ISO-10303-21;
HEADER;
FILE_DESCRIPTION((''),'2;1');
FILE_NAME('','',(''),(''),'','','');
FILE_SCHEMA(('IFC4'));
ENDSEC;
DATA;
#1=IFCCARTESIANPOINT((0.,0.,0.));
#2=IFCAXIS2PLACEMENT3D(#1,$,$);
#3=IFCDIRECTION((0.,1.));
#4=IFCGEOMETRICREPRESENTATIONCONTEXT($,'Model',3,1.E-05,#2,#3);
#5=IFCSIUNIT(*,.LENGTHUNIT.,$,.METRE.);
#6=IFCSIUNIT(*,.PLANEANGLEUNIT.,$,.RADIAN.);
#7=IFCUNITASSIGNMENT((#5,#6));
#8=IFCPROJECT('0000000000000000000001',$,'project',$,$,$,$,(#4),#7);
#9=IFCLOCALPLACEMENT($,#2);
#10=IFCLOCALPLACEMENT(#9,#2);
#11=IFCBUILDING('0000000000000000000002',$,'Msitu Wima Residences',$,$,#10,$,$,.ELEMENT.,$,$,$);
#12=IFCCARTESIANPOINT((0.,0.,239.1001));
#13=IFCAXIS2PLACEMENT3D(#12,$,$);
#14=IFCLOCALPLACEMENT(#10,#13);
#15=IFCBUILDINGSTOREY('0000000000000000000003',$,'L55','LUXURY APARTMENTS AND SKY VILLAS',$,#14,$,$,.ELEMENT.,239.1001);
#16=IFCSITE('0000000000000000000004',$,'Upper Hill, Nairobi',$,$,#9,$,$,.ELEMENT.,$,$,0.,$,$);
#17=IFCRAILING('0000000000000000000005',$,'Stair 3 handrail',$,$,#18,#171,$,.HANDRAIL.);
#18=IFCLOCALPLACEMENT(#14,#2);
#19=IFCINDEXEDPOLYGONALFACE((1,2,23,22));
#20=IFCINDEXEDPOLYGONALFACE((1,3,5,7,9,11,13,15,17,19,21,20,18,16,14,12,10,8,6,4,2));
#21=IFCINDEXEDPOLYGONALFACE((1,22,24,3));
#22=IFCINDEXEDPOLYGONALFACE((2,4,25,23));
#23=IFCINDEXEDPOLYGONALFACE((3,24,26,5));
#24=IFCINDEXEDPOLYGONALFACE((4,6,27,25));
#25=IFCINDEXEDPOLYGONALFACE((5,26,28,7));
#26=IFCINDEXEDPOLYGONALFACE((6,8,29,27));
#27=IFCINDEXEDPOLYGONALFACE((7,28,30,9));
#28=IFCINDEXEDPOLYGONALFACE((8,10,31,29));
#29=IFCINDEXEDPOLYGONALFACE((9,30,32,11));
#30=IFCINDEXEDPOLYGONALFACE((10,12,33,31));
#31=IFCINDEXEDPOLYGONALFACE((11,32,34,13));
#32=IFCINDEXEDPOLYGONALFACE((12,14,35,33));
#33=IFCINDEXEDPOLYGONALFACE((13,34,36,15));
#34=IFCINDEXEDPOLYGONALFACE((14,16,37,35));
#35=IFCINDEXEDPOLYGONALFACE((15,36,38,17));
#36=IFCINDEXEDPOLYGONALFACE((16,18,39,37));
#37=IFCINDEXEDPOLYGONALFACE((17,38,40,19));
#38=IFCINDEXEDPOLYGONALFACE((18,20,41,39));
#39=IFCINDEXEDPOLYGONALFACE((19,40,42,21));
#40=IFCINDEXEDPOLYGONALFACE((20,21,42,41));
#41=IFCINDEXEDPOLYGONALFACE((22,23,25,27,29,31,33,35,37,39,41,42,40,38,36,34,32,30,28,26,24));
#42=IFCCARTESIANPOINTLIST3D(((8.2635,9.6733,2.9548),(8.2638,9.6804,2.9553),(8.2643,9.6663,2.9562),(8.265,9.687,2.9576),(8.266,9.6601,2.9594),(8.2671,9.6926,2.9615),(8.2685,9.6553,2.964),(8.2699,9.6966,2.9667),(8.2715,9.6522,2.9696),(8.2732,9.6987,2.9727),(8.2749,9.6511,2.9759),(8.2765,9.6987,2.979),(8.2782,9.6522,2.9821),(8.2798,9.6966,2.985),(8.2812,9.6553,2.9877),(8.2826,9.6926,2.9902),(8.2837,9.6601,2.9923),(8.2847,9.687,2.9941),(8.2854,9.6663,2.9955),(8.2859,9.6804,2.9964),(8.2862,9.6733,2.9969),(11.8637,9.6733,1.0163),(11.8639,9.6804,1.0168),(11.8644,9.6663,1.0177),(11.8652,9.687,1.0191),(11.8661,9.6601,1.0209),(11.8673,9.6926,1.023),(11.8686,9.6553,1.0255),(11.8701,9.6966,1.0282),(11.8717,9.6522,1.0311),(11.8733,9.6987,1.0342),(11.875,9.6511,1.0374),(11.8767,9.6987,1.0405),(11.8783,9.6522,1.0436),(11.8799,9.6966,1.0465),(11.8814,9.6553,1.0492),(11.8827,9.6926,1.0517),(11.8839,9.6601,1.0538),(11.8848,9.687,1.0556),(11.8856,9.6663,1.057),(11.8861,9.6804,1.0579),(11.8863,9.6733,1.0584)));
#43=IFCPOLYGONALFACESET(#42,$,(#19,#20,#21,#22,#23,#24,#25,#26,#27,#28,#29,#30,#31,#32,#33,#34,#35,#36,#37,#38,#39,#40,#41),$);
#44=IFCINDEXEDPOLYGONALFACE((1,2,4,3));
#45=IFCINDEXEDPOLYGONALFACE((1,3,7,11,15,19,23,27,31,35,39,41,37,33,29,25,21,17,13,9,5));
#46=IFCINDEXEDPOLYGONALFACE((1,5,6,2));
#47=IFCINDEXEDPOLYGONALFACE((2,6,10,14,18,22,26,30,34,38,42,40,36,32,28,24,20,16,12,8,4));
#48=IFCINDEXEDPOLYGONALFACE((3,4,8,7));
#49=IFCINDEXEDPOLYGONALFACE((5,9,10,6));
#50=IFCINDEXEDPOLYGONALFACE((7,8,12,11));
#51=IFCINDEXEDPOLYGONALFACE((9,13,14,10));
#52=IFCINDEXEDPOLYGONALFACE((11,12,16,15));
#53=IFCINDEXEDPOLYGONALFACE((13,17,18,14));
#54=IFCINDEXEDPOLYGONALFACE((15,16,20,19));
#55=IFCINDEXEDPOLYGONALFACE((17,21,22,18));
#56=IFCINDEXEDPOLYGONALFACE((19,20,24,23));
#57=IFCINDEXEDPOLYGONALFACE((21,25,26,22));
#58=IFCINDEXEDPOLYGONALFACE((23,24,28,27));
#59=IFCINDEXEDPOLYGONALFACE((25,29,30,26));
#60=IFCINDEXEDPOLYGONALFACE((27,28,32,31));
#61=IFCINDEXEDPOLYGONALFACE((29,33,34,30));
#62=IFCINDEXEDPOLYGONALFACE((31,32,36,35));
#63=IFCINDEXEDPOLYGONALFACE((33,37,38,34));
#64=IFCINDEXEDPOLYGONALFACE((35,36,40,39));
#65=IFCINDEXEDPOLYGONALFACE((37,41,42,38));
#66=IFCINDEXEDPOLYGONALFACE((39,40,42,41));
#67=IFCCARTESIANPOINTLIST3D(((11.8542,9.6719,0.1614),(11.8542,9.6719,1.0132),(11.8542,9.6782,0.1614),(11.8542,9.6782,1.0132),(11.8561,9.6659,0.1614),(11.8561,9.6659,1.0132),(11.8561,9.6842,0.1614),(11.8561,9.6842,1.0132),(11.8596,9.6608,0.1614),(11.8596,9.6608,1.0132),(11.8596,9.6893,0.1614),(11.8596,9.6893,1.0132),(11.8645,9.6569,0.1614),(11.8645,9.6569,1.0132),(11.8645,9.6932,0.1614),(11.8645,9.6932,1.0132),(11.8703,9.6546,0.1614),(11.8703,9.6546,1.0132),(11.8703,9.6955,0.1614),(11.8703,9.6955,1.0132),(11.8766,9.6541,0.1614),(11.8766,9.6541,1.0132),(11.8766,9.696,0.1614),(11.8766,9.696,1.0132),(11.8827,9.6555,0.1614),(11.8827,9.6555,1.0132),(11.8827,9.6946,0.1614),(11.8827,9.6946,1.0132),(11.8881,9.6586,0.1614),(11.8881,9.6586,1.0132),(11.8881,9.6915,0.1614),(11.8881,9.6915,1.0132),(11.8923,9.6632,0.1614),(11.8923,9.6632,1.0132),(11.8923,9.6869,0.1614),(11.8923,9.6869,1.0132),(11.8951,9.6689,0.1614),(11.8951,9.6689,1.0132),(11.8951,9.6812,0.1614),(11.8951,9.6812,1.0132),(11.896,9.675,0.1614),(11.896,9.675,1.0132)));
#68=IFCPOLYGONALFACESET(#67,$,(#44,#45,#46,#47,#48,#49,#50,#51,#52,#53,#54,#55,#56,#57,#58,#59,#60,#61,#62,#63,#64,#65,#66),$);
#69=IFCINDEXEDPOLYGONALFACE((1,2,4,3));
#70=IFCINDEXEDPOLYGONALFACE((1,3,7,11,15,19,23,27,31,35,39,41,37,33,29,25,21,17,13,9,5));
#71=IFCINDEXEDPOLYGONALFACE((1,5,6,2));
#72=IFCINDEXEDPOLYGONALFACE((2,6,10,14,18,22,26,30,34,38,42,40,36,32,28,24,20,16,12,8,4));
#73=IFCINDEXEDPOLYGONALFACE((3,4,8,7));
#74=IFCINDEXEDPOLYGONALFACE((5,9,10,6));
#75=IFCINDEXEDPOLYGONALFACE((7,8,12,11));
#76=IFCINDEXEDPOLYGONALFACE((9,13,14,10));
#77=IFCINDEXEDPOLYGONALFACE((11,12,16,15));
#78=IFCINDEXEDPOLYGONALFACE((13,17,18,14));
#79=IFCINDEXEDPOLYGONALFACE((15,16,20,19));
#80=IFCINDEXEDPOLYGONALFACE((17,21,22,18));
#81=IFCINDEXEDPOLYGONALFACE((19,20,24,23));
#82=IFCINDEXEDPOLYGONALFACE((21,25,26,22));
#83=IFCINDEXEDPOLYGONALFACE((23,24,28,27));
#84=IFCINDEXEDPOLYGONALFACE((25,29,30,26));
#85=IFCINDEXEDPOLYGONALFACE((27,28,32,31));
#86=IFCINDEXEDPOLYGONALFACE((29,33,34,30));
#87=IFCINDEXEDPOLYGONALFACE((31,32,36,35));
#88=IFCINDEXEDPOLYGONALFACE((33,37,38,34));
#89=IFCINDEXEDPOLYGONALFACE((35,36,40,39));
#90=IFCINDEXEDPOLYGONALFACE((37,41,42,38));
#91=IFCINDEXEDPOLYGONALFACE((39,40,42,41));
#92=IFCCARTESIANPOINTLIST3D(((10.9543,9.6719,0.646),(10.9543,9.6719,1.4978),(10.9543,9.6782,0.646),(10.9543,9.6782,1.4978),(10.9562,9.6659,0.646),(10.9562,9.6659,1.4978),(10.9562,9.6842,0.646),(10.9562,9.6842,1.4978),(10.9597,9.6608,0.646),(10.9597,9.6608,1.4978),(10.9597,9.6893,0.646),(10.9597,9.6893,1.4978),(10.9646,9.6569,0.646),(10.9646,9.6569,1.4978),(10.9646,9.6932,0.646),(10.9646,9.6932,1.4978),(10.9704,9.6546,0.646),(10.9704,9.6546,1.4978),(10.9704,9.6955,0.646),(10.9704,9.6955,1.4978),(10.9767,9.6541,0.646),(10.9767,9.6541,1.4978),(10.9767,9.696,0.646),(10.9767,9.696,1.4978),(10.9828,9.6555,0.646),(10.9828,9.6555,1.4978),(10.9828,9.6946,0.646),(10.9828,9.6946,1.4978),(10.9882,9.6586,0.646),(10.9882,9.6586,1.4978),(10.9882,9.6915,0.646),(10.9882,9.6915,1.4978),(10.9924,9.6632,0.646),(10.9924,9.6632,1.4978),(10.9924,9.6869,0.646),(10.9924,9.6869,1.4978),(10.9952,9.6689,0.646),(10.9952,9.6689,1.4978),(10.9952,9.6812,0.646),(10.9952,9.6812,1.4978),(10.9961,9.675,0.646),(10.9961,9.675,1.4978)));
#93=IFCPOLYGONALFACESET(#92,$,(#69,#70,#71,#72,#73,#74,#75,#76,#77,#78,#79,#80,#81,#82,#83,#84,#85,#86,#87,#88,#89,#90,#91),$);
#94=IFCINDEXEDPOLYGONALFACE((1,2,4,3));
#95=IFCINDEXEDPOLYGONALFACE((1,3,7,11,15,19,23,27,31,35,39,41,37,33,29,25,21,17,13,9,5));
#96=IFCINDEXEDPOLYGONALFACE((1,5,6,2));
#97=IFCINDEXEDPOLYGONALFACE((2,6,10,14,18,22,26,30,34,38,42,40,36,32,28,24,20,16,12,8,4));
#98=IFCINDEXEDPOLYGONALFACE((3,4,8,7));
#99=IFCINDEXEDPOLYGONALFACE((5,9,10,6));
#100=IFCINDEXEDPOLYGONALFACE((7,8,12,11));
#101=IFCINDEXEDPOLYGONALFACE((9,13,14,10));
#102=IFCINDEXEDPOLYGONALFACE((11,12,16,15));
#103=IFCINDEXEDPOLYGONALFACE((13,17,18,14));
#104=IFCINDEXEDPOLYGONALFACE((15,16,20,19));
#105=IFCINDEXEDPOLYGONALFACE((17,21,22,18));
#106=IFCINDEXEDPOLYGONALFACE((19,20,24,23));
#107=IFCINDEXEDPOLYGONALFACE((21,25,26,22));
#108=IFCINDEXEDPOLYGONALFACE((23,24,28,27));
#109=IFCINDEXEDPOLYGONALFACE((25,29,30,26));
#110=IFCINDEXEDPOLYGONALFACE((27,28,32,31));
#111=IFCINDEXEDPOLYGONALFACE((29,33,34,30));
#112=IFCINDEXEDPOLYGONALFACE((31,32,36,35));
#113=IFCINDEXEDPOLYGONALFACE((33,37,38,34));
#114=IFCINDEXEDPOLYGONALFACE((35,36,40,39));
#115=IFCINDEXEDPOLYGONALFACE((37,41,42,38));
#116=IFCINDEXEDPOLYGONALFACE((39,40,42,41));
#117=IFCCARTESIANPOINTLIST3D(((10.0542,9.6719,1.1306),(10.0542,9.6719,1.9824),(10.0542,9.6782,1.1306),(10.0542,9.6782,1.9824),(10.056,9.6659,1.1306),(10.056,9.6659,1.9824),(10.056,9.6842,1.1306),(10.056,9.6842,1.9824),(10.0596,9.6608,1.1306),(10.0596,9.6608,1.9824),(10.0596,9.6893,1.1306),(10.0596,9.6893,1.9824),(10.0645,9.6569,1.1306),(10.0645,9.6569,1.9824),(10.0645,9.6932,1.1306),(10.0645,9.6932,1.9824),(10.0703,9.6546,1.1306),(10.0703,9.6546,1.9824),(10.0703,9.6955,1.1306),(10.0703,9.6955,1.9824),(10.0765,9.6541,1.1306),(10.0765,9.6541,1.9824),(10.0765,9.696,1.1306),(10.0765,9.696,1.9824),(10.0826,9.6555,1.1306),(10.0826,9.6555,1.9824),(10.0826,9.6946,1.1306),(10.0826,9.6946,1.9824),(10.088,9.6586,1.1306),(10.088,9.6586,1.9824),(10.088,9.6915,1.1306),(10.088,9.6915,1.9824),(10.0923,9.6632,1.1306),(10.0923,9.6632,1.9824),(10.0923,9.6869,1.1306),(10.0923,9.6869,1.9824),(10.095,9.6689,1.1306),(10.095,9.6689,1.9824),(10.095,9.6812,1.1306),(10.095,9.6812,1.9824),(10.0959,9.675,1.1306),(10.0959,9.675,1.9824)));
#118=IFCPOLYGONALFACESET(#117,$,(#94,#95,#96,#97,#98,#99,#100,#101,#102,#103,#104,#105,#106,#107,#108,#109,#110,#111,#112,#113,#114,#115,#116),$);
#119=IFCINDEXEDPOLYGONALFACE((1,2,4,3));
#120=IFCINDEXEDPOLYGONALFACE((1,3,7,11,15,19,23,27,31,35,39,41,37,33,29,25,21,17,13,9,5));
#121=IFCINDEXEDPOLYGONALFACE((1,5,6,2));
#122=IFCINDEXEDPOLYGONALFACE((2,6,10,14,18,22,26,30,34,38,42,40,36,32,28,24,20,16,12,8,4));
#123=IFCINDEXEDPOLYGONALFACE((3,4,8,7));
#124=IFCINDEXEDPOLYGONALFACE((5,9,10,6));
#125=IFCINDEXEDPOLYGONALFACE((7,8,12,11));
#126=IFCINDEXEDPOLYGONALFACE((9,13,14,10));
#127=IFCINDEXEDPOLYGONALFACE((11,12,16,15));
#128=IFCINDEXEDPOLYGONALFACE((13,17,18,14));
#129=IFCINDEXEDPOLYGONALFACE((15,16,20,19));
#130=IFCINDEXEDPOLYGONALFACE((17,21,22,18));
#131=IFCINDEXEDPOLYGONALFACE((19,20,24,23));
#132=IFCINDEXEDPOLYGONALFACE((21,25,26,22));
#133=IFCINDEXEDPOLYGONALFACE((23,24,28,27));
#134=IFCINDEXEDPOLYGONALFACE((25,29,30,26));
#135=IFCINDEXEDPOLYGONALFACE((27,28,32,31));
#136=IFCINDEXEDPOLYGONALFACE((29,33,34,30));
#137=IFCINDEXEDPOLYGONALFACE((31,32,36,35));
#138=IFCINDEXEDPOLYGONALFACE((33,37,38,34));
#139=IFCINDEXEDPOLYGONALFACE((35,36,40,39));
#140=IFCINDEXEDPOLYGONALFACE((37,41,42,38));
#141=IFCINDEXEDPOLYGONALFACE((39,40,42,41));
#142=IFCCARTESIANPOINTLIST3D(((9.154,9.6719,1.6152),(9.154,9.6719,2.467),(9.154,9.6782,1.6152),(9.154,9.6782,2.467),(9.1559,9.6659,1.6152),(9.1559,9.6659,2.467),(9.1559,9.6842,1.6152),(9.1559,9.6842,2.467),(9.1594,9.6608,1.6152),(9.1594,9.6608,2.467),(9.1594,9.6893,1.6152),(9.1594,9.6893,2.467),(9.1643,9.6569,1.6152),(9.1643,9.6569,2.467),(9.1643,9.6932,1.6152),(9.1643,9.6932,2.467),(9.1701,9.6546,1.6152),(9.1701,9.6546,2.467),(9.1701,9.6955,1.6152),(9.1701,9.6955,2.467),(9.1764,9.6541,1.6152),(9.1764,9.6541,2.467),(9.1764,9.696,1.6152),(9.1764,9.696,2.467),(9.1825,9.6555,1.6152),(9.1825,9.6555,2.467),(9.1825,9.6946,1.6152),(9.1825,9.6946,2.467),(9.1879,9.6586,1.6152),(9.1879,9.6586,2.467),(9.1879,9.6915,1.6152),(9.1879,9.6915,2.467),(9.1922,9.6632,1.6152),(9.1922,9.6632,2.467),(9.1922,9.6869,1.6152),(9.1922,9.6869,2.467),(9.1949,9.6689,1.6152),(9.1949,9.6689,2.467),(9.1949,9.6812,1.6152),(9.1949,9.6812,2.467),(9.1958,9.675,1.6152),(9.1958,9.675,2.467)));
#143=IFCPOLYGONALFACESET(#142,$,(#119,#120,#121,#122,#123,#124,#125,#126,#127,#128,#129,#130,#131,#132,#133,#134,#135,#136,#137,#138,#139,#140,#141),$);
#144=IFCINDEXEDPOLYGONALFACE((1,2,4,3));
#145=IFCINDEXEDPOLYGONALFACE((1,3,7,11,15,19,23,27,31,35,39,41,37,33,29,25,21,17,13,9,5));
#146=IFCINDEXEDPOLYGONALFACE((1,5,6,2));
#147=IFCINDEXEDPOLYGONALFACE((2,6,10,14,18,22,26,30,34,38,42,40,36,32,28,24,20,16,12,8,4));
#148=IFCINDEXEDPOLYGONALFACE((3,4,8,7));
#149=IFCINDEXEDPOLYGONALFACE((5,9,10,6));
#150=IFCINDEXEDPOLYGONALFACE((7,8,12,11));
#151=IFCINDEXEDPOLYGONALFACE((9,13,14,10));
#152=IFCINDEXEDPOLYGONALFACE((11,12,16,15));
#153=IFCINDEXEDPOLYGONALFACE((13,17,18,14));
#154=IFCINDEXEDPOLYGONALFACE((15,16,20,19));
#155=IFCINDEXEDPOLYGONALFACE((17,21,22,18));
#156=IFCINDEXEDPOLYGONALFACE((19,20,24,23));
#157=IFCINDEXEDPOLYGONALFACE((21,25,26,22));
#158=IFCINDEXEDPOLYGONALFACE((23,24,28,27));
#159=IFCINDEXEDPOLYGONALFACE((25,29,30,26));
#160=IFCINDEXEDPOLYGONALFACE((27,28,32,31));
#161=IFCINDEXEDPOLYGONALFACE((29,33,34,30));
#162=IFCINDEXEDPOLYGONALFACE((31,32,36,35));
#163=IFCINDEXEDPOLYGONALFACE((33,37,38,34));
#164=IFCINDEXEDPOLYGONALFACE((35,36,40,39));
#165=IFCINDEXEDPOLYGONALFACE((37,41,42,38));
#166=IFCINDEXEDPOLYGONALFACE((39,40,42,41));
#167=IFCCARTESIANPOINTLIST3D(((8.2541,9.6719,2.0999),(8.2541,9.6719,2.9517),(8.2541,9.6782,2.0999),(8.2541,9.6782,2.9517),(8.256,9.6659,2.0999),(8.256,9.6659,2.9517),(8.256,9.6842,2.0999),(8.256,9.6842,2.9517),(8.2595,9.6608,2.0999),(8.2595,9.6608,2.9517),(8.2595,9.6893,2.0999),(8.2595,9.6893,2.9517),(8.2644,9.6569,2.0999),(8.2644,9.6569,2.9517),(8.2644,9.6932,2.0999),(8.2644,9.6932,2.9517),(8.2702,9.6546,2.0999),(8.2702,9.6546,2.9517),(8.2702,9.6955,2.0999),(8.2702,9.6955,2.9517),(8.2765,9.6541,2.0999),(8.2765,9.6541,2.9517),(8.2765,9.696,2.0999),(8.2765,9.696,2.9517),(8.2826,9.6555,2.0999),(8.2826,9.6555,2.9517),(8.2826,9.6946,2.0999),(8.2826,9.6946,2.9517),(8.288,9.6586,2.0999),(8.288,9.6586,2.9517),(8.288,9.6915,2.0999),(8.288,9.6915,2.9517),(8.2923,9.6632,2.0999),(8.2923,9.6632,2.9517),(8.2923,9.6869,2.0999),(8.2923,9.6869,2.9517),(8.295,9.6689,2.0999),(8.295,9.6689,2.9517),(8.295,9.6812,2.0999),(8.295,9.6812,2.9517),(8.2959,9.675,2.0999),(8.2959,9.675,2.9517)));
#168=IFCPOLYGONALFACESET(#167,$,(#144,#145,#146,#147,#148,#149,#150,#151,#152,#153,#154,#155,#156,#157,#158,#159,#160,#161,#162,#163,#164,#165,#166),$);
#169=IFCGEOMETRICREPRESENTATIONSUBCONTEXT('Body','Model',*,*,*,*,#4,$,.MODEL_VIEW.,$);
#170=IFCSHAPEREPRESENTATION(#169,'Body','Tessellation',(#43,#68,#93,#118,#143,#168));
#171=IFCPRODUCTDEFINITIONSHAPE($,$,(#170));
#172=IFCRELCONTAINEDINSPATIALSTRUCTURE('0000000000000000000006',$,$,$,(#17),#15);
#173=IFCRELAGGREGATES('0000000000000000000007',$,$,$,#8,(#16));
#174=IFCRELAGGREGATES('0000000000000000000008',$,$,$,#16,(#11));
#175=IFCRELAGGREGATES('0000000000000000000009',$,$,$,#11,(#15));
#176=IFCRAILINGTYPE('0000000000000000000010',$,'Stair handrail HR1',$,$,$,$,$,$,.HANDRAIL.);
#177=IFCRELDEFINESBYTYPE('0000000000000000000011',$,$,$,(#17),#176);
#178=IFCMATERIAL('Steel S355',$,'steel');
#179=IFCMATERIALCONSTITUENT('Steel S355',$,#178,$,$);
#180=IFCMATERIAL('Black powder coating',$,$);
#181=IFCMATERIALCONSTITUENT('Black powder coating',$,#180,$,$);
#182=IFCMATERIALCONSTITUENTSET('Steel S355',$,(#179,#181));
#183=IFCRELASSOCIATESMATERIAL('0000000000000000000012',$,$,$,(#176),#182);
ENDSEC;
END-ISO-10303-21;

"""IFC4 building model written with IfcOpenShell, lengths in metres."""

from ifc_helpers import new_model, si_unit, direction, frame, origin, origin_2d, place, context, subcontext, project, spatial, circle, extrude, material, constituent, constituent_set, type_object, element, save


model = new_model("IFC4")

# Units and contexts
model_context = context("Model", 3, precision=1e-05, world=origin(), true_north=direction((0.0, 1.0)))
body_context = subcontext(model_context, "Body", "Model", "MODEL_VIEW")
ifc_project = project(units=[si_unit("LENGTHUNIT", "METRE"), si_unit("PLANEANGLEUNIT", "RADIAN")], contexts=[model_context])

# Site, building, storey
site_placement = place(None, origin())
site = spatial("IfcSite", under=ifc_project, at=site_placement, Name="Upper Hill, Nairobi", CompositionType="ELEMENT", RefElevation=0.0)
building_placement = place(site_placement, origin())
building = spatial("IfcBuilding", under=site, at=building_placement, Name="Msitu Wima Residences", CompositionType="ELEMENT")
storey_placement = place(building_placement, frame((0.0, 0.0, 239.1001)))
storey = spatial("IfcBuildingStorey", under=building, at=storey_placement, Name="L55", Description="LUXURY APARTMENTS AND SKY VILLAS", CompositionType="ELEMENT", Elevation=239.1001)

# Railing
ifc_material_1 = material(Name="Steel S355", Category="steel")
ifc_constituent_1 = constituent(ifc_material_1, Name="Steel S355")
ifc_material_2 = material(Name="Black powder coating")
ifc_constituent_2 = constituent(ifc_material_2, Name="Black powder coating")
ifc_constituent_set = constituent_set(constituents=[ifc_constituent_1, ifc_constituent_2], Name="Steel S355")
railing_type = type_object("IfcRailingType", Name="Stair handrail HR1", PredefinedType="HANDRAIL", material=ifc_constituent_set)
for number, where, name in (
    (1, (11.875, 9.675, 0.1614), "Stair 3 handrail"),
):
    element("IfcRailing", number, at=place(storey_placement, frame(where)), inside=storey, type_object=railing_type, Name=name, PredefinedType="HANDRAIL", context=body_context, shape_type="SweptSolid", body=[
        extrude(circle(Radius=0.0239, at=origin_2d()), frame((0.0, 0.0, 0.876), z_axis=(-0.880475, 0.0, 0.474093), x_axis=(0.0, -1.0, 0.0)), (0.0, 0.0, 1.0), 4.0889),
        extrude(circle(Radius=0.021, at=origin_2d()), origin(), (0.0, 0.0, 1.0), 0.8518),
        extrude(circle(Radius=0.021, at=origin_2d()), frame((-0.8999, 0.0, 0.4846)), (0.0, 0.0, 1.0), 0.8518),
        extrude(circle(Radius=0.021, at=origin_2d()), frame((-1.8, 0.0, 0.9692)), (0.0, 0.0, 1.0), 0.8518),
        extrude(circle(Radius=0.021, at=origin_2d()), frame((-2.7002, 0.0, 1.4539)), (0.0, 0.0, 1.0), 0.8518),
        extrude(circle(Radius=0.021, at=origin_2d()), frame((-3.6001, 0.0, 1.9385)), (0.0, 0.0, 1.0), 0.8518),
    ])

save(model, "model.ifc")
